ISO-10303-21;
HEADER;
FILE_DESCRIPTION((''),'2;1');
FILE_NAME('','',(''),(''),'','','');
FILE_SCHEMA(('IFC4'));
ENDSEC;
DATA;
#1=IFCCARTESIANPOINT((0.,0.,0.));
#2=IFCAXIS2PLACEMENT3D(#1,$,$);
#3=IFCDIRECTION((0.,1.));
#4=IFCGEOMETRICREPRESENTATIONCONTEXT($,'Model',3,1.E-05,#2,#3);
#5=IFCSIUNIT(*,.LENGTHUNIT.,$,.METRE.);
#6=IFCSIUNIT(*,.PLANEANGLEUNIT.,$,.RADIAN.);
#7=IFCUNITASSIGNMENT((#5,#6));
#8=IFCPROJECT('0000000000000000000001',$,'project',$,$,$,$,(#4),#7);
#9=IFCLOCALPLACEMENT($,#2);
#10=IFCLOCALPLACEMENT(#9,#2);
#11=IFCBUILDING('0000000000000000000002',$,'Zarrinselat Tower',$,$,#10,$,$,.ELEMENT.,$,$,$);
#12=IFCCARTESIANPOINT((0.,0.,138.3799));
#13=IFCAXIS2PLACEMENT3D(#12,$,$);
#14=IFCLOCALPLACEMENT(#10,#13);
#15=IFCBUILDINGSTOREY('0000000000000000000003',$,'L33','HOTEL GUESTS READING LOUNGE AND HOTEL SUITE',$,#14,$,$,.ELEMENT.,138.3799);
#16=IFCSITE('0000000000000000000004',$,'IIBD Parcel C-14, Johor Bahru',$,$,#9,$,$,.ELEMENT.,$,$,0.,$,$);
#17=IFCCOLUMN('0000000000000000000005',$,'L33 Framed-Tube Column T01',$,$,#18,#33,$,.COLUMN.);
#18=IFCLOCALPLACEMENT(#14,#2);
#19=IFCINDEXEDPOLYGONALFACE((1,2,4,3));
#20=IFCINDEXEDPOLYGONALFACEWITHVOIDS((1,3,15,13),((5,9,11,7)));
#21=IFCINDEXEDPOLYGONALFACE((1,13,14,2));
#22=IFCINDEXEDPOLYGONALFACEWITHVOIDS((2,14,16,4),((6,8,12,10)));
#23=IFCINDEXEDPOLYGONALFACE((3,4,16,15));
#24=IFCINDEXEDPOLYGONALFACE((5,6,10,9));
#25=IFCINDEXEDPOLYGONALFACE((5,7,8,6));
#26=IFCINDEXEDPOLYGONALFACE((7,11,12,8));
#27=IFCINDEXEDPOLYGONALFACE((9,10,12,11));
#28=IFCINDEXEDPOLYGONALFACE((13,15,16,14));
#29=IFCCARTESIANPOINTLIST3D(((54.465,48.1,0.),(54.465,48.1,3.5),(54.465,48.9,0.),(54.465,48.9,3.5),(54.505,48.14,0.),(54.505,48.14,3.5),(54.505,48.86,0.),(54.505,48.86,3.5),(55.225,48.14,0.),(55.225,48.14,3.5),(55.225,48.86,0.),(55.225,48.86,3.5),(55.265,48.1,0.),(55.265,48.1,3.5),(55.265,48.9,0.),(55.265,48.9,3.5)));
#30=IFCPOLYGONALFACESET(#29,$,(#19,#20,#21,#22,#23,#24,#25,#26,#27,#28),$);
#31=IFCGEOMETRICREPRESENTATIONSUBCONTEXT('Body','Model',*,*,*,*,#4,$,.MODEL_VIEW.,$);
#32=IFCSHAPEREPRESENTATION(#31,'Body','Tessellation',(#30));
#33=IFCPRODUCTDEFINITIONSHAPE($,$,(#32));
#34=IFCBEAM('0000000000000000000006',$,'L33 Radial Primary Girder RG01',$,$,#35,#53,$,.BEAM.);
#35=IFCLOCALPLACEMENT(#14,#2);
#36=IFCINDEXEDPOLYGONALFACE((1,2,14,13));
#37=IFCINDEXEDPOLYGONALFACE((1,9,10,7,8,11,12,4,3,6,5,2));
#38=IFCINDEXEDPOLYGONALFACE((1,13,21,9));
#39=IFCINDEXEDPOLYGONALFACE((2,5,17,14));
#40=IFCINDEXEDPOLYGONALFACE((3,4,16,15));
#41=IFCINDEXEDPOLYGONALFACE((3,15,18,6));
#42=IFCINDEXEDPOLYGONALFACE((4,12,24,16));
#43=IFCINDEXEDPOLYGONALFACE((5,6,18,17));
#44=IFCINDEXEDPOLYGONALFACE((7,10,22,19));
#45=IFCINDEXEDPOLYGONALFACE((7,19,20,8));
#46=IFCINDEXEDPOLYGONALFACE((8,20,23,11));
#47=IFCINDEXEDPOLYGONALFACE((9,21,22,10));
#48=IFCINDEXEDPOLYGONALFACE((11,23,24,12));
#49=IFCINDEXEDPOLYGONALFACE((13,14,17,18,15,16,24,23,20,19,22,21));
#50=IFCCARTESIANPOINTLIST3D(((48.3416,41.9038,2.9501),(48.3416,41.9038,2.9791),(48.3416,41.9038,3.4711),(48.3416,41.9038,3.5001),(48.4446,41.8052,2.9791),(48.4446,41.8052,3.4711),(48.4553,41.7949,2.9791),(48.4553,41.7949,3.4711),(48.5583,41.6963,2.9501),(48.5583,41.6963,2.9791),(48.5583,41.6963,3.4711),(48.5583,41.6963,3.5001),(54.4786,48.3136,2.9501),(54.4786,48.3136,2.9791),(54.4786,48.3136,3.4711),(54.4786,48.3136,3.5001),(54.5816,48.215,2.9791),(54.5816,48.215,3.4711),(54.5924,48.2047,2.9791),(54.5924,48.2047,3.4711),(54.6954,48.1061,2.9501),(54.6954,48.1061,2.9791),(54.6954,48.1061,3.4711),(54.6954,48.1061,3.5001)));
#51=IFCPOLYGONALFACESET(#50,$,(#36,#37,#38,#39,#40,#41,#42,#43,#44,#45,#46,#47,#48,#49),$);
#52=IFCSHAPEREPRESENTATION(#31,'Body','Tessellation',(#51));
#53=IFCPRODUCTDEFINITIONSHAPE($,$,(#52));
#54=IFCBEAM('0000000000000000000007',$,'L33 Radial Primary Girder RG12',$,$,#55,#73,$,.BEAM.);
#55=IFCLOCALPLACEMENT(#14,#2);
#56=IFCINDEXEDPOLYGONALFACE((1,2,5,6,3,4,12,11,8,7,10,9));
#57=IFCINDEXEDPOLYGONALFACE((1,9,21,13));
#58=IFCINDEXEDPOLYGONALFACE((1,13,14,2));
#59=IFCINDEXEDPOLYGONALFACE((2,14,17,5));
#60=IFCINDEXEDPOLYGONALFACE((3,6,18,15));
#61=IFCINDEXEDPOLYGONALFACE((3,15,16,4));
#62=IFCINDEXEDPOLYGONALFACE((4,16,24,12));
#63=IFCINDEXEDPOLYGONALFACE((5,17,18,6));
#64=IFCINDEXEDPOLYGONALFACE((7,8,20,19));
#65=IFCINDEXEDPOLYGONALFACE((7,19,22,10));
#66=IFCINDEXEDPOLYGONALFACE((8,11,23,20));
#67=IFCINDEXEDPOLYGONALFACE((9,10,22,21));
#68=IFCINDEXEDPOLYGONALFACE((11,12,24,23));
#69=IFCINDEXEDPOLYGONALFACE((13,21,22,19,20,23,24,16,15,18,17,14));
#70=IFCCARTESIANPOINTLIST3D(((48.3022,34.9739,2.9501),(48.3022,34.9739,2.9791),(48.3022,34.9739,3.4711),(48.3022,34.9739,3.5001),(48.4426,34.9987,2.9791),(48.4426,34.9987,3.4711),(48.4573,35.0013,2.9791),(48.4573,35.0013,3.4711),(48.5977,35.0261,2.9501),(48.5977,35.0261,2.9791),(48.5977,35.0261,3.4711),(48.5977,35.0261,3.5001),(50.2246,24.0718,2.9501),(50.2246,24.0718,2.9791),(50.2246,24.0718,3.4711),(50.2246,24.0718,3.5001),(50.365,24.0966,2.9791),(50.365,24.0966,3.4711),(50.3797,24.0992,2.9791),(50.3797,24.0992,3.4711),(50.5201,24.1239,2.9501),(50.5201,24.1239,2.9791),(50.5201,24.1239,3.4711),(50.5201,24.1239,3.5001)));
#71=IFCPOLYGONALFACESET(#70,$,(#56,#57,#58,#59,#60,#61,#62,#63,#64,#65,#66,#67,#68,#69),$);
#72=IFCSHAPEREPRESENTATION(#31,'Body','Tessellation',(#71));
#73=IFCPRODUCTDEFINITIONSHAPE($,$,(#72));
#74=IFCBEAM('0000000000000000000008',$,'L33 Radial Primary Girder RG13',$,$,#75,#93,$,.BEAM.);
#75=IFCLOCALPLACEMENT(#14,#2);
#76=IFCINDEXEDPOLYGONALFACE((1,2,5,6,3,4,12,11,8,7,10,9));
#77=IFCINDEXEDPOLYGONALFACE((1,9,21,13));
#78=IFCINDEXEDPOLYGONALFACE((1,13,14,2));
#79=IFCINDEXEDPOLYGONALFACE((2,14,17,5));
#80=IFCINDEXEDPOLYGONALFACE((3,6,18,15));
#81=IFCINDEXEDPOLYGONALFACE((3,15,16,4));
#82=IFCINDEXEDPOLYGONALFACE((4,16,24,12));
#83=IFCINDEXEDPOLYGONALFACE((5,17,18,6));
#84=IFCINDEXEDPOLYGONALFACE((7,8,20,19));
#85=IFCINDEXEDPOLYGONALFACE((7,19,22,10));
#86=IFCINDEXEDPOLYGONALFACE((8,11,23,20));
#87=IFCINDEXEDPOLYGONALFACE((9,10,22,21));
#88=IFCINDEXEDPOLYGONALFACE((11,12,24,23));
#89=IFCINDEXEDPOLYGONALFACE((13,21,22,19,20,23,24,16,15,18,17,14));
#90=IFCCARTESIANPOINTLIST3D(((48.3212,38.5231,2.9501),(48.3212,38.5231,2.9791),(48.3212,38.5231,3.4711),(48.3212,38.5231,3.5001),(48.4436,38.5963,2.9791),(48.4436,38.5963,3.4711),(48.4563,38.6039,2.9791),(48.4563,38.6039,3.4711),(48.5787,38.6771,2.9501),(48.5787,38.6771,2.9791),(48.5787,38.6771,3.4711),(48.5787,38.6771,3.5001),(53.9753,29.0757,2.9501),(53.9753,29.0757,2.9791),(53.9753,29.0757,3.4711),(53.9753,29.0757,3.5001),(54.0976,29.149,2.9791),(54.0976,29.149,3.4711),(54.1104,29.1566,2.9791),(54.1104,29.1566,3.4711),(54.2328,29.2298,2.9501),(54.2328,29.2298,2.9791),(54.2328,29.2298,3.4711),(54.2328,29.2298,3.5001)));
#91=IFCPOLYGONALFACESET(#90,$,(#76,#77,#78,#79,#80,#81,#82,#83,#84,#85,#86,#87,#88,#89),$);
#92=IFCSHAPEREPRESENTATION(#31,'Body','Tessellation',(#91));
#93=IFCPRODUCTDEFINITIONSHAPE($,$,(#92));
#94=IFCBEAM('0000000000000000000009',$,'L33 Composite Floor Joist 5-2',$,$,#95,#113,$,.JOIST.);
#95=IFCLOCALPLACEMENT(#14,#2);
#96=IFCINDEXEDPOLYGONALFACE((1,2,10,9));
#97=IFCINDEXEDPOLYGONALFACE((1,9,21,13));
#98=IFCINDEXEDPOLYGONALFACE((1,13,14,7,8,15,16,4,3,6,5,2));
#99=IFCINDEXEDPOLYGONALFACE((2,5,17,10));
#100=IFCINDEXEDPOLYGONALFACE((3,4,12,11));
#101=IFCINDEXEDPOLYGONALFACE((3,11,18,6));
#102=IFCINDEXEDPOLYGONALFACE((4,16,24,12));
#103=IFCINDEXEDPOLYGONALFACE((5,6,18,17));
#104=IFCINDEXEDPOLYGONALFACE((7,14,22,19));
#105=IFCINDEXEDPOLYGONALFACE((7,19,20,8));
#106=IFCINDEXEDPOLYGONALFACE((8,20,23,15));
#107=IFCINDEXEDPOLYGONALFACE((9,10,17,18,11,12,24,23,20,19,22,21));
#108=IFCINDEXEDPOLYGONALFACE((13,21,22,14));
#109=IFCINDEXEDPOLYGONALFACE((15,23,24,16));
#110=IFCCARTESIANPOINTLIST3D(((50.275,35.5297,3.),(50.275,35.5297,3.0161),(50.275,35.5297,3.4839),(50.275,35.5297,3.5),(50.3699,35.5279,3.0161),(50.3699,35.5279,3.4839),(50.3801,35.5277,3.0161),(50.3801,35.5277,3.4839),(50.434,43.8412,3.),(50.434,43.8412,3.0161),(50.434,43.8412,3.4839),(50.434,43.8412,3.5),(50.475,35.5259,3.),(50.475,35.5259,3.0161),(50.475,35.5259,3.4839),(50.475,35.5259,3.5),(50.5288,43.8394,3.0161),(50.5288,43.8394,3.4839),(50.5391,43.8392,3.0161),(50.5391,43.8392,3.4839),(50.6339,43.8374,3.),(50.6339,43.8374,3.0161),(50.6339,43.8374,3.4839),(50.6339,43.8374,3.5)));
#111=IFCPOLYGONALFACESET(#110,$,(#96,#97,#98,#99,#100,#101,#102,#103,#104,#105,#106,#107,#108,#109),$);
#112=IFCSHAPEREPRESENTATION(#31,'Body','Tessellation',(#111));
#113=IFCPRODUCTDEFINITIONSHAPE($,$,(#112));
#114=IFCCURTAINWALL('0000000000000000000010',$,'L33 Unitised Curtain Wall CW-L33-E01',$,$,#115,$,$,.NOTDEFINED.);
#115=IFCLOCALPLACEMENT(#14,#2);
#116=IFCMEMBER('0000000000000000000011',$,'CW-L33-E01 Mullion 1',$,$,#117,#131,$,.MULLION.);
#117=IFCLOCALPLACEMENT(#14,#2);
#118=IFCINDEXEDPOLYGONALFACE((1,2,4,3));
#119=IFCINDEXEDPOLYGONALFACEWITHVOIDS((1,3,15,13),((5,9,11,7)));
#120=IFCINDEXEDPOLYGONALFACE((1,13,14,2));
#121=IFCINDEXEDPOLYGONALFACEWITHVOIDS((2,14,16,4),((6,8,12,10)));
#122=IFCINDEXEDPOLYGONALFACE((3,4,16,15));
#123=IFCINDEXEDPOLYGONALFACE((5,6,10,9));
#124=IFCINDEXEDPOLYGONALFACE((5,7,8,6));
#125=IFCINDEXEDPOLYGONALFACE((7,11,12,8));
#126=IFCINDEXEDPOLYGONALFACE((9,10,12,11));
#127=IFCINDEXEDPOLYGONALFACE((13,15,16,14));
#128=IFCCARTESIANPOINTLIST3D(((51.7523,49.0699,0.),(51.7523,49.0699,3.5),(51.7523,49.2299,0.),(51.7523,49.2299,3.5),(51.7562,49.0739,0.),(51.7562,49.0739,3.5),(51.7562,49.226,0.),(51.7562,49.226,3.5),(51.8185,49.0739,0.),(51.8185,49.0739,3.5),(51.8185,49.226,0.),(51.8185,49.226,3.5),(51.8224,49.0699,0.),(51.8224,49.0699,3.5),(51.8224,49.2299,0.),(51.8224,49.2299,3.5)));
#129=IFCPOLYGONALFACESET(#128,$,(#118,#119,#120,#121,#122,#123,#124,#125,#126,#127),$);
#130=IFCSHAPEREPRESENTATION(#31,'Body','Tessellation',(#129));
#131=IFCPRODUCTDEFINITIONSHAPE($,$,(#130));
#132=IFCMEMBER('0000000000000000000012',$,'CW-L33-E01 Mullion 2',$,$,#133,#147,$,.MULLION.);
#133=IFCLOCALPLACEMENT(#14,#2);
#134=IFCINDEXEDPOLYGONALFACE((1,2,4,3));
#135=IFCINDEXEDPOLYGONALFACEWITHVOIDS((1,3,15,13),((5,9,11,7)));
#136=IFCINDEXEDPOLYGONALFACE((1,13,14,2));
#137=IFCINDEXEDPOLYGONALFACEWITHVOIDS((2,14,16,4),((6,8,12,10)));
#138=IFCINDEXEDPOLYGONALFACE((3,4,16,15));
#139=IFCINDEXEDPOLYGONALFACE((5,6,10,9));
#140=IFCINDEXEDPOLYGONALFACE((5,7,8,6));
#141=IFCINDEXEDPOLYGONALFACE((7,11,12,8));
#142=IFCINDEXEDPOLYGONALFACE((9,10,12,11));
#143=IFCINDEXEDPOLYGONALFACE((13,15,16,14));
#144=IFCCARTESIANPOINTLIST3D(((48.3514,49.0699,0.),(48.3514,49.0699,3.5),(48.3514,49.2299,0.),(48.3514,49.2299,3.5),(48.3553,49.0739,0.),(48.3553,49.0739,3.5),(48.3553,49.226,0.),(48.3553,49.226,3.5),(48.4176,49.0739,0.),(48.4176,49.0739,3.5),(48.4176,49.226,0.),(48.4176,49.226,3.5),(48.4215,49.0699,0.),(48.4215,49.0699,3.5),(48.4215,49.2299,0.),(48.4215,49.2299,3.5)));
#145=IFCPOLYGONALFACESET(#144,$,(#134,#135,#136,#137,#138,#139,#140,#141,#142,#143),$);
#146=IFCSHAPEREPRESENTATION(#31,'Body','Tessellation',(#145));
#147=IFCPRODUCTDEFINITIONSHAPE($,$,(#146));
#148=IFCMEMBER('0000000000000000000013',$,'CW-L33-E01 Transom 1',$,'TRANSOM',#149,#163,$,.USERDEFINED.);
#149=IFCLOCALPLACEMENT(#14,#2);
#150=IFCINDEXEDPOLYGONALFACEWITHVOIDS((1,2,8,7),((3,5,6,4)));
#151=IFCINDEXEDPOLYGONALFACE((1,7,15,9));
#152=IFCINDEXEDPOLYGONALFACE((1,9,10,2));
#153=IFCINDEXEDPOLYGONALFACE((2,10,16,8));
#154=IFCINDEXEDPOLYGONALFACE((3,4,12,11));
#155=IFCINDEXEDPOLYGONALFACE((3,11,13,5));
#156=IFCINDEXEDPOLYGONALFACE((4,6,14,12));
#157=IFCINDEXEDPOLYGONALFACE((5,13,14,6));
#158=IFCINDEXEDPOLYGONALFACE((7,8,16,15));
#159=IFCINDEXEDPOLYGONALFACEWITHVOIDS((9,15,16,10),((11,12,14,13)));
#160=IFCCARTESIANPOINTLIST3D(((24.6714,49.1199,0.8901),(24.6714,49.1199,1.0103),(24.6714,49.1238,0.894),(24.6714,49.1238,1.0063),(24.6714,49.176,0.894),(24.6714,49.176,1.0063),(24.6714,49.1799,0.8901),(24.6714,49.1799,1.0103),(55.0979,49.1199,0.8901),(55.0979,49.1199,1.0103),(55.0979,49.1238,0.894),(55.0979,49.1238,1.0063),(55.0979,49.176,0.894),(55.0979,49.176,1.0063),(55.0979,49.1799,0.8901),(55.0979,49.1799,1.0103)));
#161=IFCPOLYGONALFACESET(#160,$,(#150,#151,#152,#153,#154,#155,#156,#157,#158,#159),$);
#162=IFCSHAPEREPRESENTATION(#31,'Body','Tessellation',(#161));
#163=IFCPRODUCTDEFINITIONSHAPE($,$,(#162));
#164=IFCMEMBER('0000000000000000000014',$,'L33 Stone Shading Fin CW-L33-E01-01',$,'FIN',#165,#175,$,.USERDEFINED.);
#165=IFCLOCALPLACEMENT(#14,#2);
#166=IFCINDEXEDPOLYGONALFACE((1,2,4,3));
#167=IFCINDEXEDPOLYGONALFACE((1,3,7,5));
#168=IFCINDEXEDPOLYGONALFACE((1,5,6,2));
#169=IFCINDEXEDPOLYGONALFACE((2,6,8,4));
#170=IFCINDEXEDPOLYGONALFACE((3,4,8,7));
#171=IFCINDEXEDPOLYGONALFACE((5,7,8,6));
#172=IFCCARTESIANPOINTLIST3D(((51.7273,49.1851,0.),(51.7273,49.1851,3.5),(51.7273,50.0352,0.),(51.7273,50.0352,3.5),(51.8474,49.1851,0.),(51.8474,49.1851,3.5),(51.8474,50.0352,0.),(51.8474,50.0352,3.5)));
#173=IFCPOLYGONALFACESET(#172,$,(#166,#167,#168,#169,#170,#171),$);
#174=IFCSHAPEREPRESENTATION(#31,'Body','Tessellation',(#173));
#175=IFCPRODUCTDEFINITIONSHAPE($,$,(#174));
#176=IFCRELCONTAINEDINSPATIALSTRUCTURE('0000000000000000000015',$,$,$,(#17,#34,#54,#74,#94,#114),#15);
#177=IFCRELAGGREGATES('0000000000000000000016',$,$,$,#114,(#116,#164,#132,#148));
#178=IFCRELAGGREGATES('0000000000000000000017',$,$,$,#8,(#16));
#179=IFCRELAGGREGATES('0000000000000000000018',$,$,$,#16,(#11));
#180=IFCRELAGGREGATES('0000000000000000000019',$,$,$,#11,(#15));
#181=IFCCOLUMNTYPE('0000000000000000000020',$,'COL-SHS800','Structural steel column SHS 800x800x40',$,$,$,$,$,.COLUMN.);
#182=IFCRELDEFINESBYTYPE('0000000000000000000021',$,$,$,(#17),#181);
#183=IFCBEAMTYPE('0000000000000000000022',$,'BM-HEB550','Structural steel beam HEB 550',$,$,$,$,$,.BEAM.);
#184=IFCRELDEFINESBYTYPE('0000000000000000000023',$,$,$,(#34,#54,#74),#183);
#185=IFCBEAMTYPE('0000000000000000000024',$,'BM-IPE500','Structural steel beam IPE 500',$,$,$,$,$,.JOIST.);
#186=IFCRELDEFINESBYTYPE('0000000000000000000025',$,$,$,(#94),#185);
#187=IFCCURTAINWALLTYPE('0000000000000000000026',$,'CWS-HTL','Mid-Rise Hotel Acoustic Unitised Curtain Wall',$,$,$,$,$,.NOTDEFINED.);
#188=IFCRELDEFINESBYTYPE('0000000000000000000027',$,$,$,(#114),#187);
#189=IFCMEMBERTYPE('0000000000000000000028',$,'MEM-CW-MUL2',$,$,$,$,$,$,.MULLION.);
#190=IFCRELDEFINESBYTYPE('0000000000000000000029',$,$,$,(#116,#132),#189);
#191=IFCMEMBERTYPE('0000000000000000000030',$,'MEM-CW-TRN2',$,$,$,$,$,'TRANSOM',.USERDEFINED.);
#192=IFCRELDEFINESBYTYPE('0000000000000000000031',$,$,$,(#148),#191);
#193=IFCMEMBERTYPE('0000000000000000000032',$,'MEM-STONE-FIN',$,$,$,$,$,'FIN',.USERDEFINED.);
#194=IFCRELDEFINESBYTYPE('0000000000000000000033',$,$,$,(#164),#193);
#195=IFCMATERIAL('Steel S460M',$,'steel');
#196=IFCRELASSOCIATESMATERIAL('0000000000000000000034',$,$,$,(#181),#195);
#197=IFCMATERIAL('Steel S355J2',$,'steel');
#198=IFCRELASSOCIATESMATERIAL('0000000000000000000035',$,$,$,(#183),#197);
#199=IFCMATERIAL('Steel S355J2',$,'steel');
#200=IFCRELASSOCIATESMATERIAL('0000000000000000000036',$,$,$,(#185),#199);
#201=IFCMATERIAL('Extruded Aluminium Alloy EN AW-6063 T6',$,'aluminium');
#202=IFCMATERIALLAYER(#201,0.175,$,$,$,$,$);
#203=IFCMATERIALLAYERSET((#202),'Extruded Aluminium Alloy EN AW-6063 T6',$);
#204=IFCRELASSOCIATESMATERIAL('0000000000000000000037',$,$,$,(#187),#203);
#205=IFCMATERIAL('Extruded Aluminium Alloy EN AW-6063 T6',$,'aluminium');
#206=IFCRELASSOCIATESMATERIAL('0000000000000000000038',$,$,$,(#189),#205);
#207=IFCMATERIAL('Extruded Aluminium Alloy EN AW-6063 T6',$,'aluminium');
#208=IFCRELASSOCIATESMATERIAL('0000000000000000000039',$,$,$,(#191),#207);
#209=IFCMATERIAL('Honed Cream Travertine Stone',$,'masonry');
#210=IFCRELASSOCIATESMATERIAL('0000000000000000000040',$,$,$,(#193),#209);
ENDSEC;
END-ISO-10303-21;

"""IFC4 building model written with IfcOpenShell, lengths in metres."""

from ifc_helpers import new_model, si_unit, direction, frame, origin, origin_2d, place, context, subcontext, project, spatial, rectangle, hollow_rectangle, i_section, extrude, material, layer, layer_set, material_profile, profile_set, type_object, element, aggregate, save


model = new_model("IFC4")

# Units and contexts
model_context = context("Model", 3, precision=1e-05, world=origin(), true_north=direction((0.0, 1.0)))
body_context = subcontext(model_context, "Body", "Model", "MODEL_VIEW")
ifc_project = project(units=[si_unit("LENGTHUNIT", "METRE"), si_unit("PLANEANGLEUNIT", "RADIAN")], contexts=[model_context])

# Site, building, storey
site_placement = place(None, origin())
site = spatial("IfcSite", under=ifc_project, at=site_placement, Name="IIBD Parcel C-14, Johor Bahru", CompositionType="ELEMENT", RefElevation=0.0)
building_placement = place(site_placement, origin())
building = spatial("IfcBuilding", under=site, at=building_placement, Name="Zarrinselat Tower", CompositionType="ELEMENT")
storey_placement = place(building_placement, frame((0.0, 0.0, 138.3799)))
storey = spatial("IfcBuildingStorey", under=building, at=storey_placement, Name="L33", Description="HOTEL GUESTS READING LOUNGE AND HOTEL SUITE", CompositionType="ELEMENT", Elevation=138.3799)

# Column
ifc_material_1 = material(Name="Steel S460M", Category="steel")
ifc_material_profile_1 = material_profile(ifc_material_1, hollow_rectangle(XDim=0.8, YDim=0.8, WallThickness=0.04, at=origin_2d()), Name="SHS 800x800x40")
ifc_profile_set_1 = profile_set([ifc_material_profile_1], Name="Steel S460M")
column_type = type_object("IfcColumnType", Name="COL-SHS800", Description="Structural steel column SHS 800x800x40", PredefinedType="COLUMN", material=ifc_profile_set_1)
column_placement = place(storey_placement, frame((54.865, 48.5, 0.0), z_axis=(0.0, 0.0, 1.0), x_axis=(1.0, 0.0, 0.0)))
element("IfcColumn", 1, at=column_placement, inside=storey, type_object=column_type, Name="L33 Framed-Tube Column T01", PredefinedType="COLUMN", context=body_context, shape_type="SweptSolid", body=[
    extrude(hollow_rectangle(XDim=0.8, YDim=0.8, WallThickness=0.04, at=origin_2d()), origin(), (0.0, 0.0, 1.0), 3.5),
])

# Beams
ifc_material_2 = material(Name="Steel S355J2", Category="steel")
ifc_material_profile_2 = material_profile(ifc_material_2, i_section(OverallWidth=0.3, OverallDepth=0.55, WebThickness=0.0149, FlangeThickness=0.0291, at=origin_2d()), Name="HEB 550")
ifc_profile_set_2 = profile_set([ifc_material_profile_2], Name="Steel S355J2")
beam_type_1 = type_object("IfcBeamType", Name="BM-HEB550", Description="Structural steel beam HEB 550", PredefinedType="BEAM", material=ifc_profile_set_2)
beam_1_placement = place(storey_placement, frame((48.45, 41.8, 3.2251), z_axis=(0.691574, 0.722305, 0.0), x_axis=(-0.722305, 0.691574, 0.0)))
element("IfcBeam", 2, at=beam_1_placement, inside=storey, type_object=beam_type_1, Name="L33 Radial Primary Girder RG01", PredefinedType="BEAM", context=body_context, shape_type="SweptSolid", body=[
    extrude(i_section(OverallWidth=0.3, OverallDepth=0.55, WebThickness=0.0149, FlangeThickness=0.0291, at=origin_2d()), origin(), (0.0, 0.0, 1.0), 8.874),
])
beam_2_placement = place(storey_placement, frame((48.45, 35.0, 3.2251), z_axis=(0.173651, -0.984807, 0.0), x_axis=(0.984807, 0.173651, 0.0)))
element("IfcBeam", 3, at=beam_2_placement, inside=storey, type_object=beam_type_1, Name="L33 Radial Primary Girder RG12", PredefinedType="BEAM", context=body_context, shape_type="SweptSolid", body=[
    extrude(i_section(OverallWidth=0.3, OverallDepth=0.55, WebThickness=0.0149, FlangeThickness=0.0291, at=origin_2d()), origin(), (0.0, 0.0, 1.0), 11.0703),
])
beam_3_placement = place(storey_placement, frame((48.45, 38.6001, 3.2251), z_axis=(0.51354, -0.858066, 0.0), x_axis=(0.858066, 0.51354, 0.0)))
element("IfcBeam", 4, at=beam_3_placement, inside=storey, type_object=beam_type_1, Name="L33 Radial Primary Girder RG13", PredefinedType="BEAM", context=body_context, shape_type="SweptSolid", body=[
    extrude(i_section(OverallWidth=0.3, OverallDepth=0.55, WebThickness=0.0149, FlangeThickness=0.0291, at=origin_2d()), origin(), (0.0, 0.0, 1.0), 11.01),
])
ifc_material_3 = material(Name="Steel S355J2", Category="steel")
ifc_material_profile_3 = material_profile(ifc_material_3, i_section(OverallWidth=0.2, OverallDepth=0.5, WebThickness=0.0103, FlangeThickness=0.0161, at=origin_2d()), Name="IPE 500")
ifc_profile_set_3 = profile_set([ifc_material_profile_3], Name="Steel S355J2")
beam_type_2 = type_object("IfcBeamType", Name="BM-IPE500", Description="Structural steel beam IPE 500", PredefinedType="JOIST", material=ifc_profile_set_3)
beam_4_placement = place(storey_placement, frame((50.375, 35.5278, 3.25), z_axis=(0.019119, 0.999817, 0.0), x_axis=(-0.999817, 0.019119, 0.0)))
element("IfcBeam", 5, at=beam_4_placement, inside=storey, type_object=beam_type_2, Name="L33 Composite Floor Joist 5-2", PredefinedType="JOIST", context=body_context, shape_type="SweptSolid", body=[
    extrude(i_section(OverallWidth=0.2, OverallDepth=0.5, WebThickness=0.0103, FlangeThickness=0.0161, at=origin_2d()), origin(), (0.0, 0.0, 1.0), 8.313),
])

# Curtain wall, members
ifc_material_4 = material(Name="Extruded Aluminium Alloy EN AW-6063 T6", Category="aluminium")
ifc_layer_1 = layer(ifc_material_4, 0.175)
ifc_layer_set_1 = layer_set([ifc_layer_1], Name="Extruded Aluminium Alloy EN AW-6063 T6")
curtain_wall_type = type_object("IfcCurtainWallType", Name="CWS-HTL", Description="Mid-Rise Hotel Acoustic Unitised Curtain Wall", PredefinedType="NOTDEFINED", material=ifc_layer_set_1)
curtain_wall_placement = place(storey_placement, origin())
curtain_wall = element("IfcCurtainWall", 6, at=curtain_wall_placement, inside=storey, type_object=curtain_wall_type, Name="L33 Unitised Curtain Wall CW-L33-E01", PredefinedType="NOTDEFINED")
ifc_material_5 = material(Name="Extruded Aluminium Alloy EN AW-6063 T6", Category="aluminium")
ifc_material_profile_4 = material_profile(ifc_material_5, hollow_rectangle(XDim=0.0701, YDim=0.1599, WallThickness=0.0039, at=origin_2d()), Name="RHS 160x70x4")
ifc_profile_set_4 = profile_set([ifc_material_profile_4], Name="Extruded Aluminium Alloy EN AW-6063 T6")
member_type_1 = type_object("IfcMemberType", Name="MEM-CW-MUL2", PredefinedType="MULLION", material=ifc_profile_set_4)
member_1_placement = place(storey_placement, frame((51.7874, 49.1499, 0.0), z_axis=(0.0, 0.0, 1.0), x_axis=(-1.0, 0.0, 0.0)))
member_1 = element("IfcMember", 7, at=member_1_placement, type_object=member_type_1, Name="CW-L33-E01 Mullion 1", PredefinedType="MULLION", context=body_context, shape_type="SweptSolid", body=[
    extrude(hollow_rectangle(XDim=0.0701, YDim=0.1599, WallThickness=0.0039, at=origin_2d()), origin(), (0.0, 0.0, 1.0), 3.5),
])
member_2_placement = place(storey_placement, frame((48.3865, 49.1499, 0.0), z_axis=(0.0, 0.0, 1.0), x_axis=(-1.0, 0.0, 0.0)))
member_2 = element("IfcMember", 8, at=member_2_placement, type_object=member_type_1, Name="CW-L33-E01 Mullion 2", PredefinedType="MULLION", context=body_context, shape_type="SweptSolid", body=[
    extrude(hollow_rectangle(XDim=0.0701, YDim=0.1599, WallThickness=0.0039, at=origin_2d()), origin(), (0.0, 0.0, 1.0), 3.5),
])
ifc_material_6 = material(Name="Extruded Aluminium Alloy EN AW-6063 T6", Category="aluminium")
ifc_material_profile_5 = material_profile(ifc_material_6, hollow_rectangle(XDim=0.0601, YDim=0.1201, WallThickness=0.0039, at=origin_2d()), Name="RHS 120x60x4")
ifc_profile_set_5 = profile_set([ifc_material_profile_5], Name="Extruded Aluminium Alloy EN AW-6063 T6")
member_type_2 = type_object("IfcMemberType", Name="MEM-CW-TRN2", ElementType="TRANSOM", PredefinedType="USERDEFINED", material=ifc_profile_set_5)
member_3_placement = place(storey_placement, frame((55.0979, 49.1499, 0.9502), z_axis=(-1.0, 0.0, 0.0), x_axis=(0.0, -1.0, 0.0)))
member_3 = element("IfcMember", 9, at=member_3_placement, type_object=member_type_2, Name="CW-L33-E01 Transom 1", ObjectType="TRANSOM", PredefinedType="USERDEFINED", context=body_context, shape_type="SweptSolid", body=[
    extrude(hollow_rectangle(XDim=0.0601, YDim=0.1201, WallThickness=0.0039, at=origin_2d()), origin(), (0.0, 0.0, 1.0), 30.4265),
])
ifc_material_7 = material(Name="Honed Cream Travertine Stone", Category="masonry")
ifc_material_profile_6 = material_profile(ifc_material_7, rectangle(XDim=0.1201, YDim=0.8501, at=origin_2d()), Name="FIN 850x120")
ifc_profile_set_6 = profile_set([ifc_material_profile_6], Name="Honed Cream Travertine Stone")
member_type_3 = type_object("IfcMemberType", Name="MEM-STONE-FIN", ElementType="FIN", PredefinedType="USERDEFINED", material=ifc_profile_set_6)
member_4_placement = place(storey_placement, frame((51.7874, 49.6101, 0.0), z_axis=(0.0, 0.0, 1.0), x_axis=(1.0, 0.0, 0.0)))
member_4 = element("IfcMember", 10, at=member_4_placement, type_object=member_type_3, Name="L33 Stone Shading Fin CW-L33-E01-01", ObjectType="FIN", PredefinedType="USERDEFINED", context=body_context, shape_type="SweptSolid", body=[
    extrude(rectangle(XDim=0.1201, YDim=0.8501, at=origin_2d()), origin(), (0.0, 0.0, 1.0), 3.5),
])
aggregate(curtain_wall, [member_1, member_4, member_2, member_3])

save(model, "model.ifc")
